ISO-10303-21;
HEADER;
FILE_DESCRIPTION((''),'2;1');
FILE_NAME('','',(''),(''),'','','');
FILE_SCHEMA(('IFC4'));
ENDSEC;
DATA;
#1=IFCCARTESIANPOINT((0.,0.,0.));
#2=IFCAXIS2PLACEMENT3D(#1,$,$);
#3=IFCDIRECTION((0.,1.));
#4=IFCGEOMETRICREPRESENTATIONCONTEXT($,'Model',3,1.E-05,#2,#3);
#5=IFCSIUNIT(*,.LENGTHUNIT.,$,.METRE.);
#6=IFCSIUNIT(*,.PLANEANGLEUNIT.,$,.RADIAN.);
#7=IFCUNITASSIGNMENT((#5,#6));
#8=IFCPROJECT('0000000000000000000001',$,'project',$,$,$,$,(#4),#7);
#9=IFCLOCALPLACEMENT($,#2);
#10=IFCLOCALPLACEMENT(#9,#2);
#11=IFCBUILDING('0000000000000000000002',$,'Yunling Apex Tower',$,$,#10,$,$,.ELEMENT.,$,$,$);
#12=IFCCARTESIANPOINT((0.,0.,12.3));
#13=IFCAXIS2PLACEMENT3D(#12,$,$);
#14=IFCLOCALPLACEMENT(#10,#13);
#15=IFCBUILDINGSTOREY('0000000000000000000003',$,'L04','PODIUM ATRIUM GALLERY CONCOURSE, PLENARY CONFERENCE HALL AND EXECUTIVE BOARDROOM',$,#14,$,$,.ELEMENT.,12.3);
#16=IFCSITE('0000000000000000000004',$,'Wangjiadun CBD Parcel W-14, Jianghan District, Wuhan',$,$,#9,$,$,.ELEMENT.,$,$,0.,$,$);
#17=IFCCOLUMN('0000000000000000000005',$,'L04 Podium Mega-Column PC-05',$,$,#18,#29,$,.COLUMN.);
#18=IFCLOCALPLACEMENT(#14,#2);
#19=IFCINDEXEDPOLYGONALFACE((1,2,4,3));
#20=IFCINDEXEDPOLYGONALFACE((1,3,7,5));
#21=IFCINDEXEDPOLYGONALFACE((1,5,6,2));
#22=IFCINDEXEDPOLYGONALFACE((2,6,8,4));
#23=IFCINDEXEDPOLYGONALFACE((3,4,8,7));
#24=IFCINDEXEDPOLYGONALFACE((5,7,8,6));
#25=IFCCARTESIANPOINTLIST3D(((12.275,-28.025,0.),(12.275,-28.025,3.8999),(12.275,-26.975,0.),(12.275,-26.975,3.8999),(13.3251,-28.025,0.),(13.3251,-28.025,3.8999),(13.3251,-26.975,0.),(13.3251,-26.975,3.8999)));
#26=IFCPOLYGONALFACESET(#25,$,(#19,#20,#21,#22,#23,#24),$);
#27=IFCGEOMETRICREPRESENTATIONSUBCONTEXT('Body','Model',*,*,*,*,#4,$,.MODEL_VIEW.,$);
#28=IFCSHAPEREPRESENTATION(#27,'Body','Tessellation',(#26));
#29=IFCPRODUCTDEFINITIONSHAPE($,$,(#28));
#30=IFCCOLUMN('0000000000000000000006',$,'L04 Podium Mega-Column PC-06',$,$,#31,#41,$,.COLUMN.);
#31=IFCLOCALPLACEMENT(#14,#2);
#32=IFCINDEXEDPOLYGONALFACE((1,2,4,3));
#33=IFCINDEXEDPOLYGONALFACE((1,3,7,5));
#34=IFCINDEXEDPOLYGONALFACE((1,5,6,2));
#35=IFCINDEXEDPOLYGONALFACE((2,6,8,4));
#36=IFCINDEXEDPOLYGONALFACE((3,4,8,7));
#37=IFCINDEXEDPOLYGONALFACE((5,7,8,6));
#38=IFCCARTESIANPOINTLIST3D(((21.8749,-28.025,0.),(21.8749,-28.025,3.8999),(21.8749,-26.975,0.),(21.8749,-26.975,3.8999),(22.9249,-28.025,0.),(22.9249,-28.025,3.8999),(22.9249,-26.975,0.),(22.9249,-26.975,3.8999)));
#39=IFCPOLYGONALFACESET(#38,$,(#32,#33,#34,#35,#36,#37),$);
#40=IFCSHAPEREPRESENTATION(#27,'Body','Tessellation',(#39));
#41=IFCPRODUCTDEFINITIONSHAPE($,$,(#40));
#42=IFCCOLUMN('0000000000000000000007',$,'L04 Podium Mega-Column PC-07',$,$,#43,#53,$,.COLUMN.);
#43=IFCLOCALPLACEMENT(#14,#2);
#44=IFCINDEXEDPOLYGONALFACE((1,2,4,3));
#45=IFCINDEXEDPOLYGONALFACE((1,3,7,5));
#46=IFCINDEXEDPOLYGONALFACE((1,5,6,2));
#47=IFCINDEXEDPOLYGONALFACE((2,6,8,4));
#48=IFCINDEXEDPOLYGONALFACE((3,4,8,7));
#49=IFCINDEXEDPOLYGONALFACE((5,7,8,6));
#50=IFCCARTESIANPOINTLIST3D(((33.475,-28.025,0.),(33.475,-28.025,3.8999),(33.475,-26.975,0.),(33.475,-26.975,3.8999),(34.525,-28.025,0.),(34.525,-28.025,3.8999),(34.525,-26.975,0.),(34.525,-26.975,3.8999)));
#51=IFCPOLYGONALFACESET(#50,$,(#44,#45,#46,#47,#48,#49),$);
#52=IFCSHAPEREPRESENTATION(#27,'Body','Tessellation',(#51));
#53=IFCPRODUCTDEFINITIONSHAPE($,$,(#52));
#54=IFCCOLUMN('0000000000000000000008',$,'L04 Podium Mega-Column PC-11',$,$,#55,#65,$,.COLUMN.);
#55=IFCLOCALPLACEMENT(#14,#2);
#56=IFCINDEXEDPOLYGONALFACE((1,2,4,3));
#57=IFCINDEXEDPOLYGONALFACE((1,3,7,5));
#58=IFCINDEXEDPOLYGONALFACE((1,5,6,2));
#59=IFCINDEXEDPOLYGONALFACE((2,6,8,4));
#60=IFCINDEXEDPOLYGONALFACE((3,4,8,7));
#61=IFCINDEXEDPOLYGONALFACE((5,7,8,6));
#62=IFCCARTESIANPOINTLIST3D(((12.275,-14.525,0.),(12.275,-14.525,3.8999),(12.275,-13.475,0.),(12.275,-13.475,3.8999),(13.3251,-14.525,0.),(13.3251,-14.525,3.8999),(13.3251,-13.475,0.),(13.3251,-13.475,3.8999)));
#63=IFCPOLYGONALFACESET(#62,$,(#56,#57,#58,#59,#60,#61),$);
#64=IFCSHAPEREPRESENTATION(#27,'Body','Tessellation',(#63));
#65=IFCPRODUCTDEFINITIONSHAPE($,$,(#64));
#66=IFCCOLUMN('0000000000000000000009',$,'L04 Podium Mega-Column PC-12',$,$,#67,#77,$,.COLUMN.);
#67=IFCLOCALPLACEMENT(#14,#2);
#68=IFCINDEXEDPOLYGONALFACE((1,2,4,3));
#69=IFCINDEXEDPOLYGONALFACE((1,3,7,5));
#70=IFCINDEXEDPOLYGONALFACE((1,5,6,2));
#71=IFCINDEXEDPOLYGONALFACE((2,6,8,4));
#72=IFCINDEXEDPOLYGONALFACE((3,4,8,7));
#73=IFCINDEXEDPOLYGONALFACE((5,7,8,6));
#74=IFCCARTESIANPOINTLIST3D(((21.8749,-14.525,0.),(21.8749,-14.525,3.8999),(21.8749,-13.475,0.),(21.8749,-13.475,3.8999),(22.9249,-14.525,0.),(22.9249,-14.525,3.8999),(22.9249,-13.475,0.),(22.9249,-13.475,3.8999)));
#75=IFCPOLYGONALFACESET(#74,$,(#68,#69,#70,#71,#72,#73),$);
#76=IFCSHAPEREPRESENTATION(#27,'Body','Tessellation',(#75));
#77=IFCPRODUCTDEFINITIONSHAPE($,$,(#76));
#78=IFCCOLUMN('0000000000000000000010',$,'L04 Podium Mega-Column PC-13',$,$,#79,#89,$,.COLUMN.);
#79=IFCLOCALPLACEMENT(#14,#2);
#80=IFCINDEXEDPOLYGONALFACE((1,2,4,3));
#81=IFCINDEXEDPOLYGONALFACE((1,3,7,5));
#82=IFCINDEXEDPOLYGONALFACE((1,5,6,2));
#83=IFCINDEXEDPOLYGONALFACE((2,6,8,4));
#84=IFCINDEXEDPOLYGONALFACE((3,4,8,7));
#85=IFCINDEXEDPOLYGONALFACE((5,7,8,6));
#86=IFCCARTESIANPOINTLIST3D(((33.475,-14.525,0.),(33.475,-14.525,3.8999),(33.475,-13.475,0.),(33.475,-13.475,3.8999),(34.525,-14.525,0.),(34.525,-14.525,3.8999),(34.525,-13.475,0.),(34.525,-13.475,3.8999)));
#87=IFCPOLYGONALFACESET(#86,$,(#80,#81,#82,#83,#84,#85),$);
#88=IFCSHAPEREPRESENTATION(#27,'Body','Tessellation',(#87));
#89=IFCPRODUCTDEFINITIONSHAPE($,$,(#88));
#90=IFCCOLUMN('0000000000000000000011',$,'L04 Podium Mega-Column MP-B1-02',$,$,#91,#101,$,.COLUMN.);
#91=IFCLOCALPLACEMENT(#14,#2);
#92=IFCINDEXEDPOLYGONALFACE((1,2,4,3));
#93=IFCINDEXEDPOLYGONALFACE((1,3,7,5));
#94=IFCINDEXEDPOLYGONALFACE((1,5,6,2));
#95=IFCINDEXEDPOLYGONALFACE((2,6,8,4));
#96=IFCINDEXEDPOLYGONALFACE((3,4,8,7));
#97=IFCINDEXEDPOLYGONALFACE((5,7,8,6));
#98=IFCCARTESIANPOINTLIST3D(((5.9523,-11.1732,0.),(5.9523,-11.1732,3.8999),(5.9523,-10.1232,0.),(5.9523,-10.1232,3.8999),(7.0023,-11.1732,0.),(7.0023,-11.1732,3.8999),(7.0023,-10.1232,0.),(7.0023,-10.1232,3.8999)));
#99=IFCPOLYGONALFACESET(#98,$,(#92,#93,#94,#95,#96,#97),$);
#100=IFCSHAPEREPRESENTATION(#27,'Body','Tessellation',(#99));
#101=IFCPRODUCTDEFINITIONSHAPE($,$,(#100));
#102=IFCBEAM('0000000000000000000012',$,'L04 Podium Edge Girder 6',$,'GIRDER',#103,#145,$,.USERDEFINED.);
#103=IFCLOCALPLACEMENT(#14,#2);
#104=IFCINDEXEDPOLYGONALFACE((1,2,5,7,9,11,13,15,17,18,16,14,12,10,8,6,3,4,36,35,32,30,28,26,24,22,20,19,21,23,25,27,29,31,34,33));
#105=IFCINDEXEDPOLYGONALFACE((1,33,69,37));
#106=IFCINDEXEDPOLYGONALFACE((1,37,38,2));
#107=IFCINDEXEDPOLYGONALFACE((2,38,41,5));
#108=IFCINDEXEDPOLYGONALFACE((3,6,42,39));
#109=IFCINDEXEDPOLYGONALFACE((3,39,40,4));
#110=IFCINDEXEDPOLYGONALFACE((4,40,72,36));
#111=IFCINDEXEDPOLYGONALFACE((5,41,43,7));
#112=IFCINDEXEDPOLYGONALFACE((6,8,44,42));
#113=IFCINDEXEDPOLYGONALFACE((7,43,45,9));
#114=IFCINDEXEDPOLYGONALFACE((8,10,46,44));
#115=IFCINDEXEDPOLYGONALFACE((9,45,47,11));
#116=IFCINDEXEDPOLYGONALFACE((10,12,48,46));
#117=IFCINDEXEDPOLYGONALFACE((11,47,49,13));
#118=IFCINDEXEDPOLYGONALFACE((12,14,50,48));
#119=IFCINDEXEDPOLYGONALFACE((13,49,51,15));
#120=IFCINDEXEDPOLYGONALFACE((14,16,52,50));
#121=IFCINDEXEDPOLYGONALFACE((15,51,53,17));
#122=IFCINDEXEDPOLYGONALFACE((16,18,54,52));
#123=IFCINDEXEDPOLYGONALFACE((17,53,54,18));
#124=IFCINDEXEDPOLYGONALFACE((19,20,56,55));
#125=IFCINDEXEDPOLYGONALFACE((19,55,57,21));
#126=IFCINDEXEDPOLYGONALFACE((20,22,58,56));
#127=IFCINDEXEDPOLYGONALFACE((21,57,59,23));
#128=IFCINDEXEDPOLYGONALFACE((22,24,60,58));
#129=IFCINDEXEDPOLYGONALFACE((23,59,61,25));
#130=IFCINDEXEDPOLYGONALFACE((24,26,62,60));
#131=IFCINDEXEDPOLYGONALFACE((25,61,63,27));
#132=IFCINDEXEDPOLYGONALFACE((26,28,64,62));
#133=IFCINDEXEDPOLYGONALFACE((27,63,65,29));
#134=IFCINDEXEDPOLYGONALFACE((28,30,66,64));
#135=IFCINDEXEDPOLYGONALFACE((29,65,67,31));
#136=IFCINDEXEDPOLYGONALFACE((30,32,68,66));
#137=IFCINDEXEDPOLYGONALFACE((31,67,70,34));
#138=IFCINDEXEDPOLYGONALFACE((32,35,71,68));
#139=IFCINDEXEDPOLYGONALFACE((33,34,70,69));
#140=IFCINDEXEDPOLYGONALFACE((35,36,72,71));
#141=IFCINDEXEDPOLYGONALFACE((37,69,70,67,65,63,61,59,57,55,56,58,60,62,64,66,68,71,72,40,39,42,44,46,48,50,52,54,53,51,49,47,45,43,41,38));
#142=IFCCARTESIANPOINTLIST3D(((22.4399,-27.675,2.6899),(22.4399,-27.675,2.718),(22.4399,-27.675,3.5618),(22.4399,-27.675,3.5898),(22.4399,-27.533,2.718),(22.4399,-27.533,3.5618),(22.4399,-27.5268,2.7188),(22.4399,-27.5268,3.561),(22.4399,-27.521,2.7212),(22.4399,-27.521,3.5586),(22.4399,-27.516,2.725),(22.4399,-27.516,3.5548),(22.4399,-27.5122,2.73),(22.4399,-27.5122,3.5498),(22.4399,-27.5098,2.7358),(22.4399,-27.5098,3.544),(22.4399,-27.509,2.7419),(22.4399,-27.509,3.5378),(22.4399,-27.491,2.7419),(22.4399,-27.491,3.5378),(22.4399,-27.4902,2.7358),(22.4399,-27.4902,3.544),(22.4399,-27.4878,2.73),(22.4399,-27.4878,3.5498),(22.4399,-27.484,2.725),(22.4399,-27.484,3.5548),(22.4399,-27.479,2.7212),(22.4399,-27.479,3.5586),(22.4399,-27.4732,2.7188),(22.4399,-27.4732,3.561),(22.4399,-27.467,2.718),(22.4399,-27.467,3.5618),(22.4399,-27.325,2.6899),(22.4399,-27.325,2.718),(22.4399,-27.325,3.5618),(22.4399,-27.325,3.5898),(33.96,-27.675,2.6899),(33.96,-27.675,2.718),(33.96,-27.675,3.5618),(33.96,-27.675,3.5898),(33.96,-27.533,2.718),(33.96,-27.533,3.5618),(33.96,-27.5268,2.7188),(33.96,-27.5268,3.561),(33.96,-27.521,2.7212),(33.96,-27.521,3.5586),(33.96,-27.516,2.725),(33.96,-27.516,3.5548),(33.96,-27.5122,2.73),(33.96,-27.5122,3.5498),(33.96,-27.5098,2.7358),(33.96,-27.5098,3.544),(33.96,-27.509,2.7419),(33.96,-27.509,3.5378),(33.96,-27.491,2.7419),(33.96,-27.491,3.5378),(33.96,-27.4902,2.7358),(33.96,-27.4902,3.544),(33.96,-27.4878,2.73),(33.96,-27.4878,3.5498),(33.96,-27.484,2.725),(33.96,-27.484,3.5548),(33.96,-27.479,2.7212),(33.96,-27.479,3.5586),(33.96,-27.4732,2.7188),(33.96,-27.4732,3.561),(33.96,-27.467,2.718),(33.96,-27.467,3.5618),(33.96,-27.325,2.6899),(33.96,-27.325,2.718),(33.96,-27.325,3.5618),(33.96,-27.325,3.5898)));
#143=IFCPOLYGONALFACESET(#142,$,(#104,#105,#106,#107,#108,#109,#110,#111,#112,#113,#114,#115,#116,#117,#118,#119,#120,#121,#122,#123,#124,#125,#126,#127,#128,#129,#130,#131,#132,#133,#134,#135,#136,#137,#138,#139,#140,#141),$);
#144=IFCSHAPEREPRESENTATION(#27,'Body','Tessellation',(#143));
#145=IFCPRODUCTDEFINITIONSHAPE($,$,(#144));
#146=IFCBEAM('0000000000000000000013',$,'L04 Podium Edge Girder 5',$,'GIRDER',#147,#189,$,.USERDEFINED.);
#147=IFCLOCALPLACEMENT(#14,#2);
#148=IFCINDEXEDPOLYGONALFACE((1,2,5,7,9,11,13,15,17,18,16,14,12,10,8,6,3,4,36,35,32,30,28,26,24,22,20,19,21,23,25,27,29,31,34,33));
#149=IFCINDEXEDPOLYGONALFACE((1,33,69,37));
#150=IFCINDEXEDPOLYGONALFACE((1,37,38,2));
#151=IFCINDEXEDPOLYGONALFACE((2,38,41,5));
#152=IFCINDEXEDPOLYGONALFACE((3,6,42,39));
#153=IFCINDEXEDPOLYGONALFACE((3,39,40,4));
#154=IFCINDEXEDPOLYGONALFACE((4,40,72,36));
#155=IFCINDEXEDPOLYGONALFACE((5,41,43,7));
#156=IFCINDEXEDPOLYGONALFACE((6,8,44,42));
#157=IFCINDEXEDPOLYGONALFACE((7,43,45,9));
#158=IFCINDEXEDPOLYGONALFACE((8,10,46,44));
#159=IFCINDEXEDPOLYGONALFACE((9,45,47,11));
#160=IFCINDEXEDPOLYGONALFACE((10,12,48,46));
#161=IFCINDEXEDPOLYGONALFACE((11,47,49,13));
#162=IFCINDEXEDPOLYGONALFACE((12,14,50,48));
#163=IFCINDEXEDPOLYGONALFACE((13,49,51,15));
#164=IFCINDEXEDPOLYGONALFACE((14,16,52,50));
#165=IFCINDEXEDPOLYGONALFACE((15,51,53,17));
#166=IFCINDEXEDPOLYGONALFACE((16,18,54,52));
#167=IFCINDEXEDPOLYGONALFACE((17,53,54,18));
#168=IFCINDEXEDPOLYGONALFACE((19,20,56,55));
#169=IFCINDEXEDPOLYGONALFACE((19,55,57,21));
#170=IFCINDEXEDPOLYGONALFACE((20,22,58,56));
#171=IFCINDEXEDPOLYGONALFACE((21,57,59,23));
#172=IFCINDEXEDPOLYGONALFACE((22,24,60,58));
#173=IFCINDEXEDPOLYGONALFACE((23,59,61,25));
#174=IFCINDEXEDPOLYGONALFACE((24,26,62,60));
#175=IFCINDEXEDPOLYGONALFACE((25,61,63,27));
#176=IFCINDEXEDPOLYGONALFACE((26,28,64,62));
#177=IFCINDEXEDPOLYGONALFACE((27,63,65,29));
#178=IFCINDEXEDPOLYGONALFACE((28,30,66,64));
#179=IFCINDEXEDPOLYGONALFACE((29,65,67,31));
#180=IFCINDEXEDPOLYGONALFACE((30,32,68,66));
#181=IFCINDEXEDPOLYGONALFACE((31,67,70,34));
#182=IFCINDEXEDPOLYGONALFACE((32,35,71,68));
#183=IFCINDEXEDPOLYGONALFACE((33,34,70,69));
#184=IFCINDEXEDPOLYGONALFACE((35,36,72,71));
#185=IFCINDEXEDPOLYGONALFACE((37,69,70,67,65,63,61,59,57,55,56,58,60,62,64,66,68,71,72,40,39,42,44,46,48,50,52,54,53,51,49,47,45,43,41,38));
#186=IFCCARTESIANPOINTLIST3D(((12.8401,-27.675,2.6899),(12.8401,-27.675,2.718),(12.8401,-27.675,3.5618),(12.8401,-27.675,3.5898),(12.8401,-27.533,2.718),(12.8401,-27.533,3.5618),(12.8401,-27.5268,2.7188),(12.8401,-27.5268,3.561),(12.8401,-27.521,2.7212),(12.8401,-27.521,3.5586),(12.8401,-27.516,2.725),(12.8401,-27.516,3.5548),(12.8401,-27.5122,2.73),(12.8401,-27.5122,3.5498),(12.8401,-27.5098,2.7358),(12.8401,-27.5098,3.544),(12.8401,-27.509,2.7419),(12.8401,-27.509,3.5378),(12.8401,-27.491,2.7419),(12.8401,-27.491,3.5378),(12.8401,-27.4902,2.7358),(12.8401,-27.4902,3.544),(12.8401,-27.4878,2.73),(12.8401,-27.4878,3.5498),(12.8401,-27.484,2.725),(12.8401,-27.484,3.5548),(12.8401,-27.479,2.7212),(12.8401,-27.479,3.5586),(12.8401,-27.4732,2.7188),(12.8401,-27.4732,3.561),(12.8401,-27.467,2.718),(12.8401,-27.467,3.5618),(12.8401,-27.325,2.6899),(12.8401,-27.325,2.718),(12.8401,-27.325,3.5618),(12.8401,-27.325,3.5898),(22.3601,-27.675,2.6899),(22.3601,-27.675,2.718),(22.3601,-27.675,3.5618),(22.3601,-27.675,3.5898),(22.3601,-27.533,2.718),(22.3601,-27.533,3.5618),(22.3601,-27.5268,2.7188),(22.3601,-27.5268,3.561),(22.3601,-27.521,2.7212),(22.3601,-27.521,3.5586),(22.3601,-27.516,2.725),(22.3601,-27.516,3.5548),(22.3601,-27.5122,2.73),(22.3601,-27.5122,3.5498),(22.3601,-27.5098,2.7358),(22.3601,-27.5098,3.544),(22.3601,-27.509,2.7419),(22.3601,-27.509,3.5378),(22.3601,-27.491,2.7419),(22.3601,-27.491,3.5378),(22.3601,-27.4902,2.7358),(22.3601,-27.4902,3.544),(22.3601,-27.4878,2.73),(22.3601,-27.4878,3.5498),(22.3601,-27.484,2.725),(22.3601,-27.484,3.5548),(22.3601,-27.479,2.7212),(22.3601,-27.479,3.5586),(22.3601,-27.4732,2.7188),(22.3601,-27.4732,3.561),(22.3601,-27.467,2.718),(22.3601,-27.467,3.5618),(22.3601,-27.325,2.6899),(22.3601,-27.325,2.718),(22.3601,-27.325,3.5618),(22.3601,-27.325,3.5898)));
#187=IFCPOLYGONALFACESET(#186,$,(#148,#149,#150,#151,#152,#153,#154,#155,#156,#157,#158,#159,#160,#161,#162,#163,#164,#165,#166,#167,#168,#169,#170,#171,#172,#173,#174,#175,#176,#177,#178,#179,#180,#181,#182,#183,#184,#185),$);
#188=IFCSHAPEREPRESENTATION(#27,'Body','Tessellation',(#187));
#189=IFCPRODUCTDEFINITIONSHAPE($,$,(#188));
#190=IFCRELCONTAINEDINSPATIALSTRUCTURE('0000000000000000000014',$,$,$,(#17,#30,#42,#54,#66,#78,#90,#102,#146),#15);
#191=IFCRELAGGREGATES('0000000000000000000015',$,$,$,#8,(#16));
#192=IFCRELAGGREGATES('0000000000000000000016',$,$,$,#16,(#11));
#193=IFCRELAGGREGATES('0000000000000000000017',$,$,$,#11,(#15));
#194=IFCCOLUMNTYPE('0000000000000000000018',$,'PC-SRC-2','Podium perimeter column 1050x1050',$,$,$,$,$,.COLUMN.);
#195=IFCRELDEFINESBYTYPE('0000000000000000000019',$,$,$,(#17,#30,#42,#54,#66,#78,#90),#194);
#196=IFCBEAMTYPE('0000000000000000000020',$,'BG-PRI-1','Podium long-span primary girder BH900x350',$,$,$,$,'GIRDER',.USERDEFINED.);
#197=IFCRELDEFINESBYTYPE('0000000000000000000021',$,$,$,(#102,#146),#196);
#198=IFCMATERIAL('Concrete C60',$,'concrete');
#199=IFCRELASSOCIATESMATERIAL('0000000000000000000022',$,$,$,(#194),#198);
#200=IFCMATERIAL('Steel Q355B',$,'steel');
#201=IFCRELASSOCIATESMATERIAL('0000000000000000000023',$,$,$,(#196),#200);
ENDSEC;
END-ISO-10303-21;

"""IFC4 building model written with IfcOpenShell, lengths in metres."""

from ifc_helpers import new_model, si_unit, direction, frame, origin, origin_2d, place, context, subcontext, project, spatial, rectangle, i_section, extrude, source, transform, mapped, material, material_profile, profile_set, type_object, element, save


model = new_model("IFC4")

# Units and contexts
model_context = context("Model", 3, precision=1e-05, world=origin(), true_north=direction((0.0, 1.0)))
body_context = subcontext(model_context, "Body", "Model", "MODEL_VIEW")
ifc_project = project(units=[si_unit("LENGTHUNIT", "METRE"), si_unit("PLANEANGLEUNIT", "RADIAN")], contexts=[model_context])

# Site, building, storey
site_placement = place(None, origin())
site = spatial("IfcSite", under=ifc_project, at=site_placement, Name="Wangjiadun CBD Parcel W-14, Jianghan District, Wuhan", CompositionType="ELEMENT", RefElevation=0.0)
building_placement = place(site_placement, origin())
building = spatial("IfcBuilding", under=site, at=building_placement, Name="Yunling Apex Tower", CompositionType="ELEMENT")
storey_placement = place(building_placement, frame((0.0, 0.0, 12.3)))
storey = spatial("IfcBuildingStorey", under=building, at=storey_placement, Name="L04", Description="PODIUM ATRIUM GALLERY CONCOURSE, PLENARY CONFERENCE HALL AND EXECUTIVE BOARDROOM", CompositionType="ELEMENT", Elevation=12.3)

# Columns
ifc_material_1 = material(Name="Concrete C60", Category="concrete")
ifc_material_profile_1 = material_profile(ifc_material_1, rectangle(XDim=1.05, YDim=1.05, at=origin_2d()))
ifc_profile_set_1 = profile_set([ifc_material_profile_1], Name="Concrete C60")
column_type = type_object("IfcColumnType", Name="PC-SRC-2", Description="Podium perimeter column 1050x1050", PredefinedType="COLUMN", material=ifc_profile_set_1)
shared_shape_1 = source(origin(), body_context, "Body", "SweptSolid", [
    extrude(rectangle(XDim=1.05, YDim=1.05, at=origin_2d()), origin(), (0.0, 0.0, 1.0), 3.8999),
])
for number, where, z_axis, x_axis, name in (
    (1, (12.8, -27.5, 0.0), (0.0, 0.0, 1.0), (1.0, 0.0, 0.0), "L04 Podium Mega-Column PC-05"),
    (2, (22.3999, -27.5, 0.0), (0.0, 0.0, 1.0), (1.0, 0.0, 0.0), "L04 Podium Mega-Column PC-06"),
    (3, (34.0, -27.5, 0.0), (0.0, 0.0, 1.0), (1.0, 0.0, 0.0), "L04 Podium Mega-Column PC-07"),
    (4, (12.8, -14.0, 0.0), (0.0, 0.0, 1.0), (1.0, 0.0, 0.0), "L04 Podium Mega-Column PC-11"),
    (5, (22.3999, -14.0, 0.0), (0.0, 0.0, 1.0), (1.0, 0.0, 0.0), "L04 Podium Mega-Column PC-12"),
    (6, (34.0, -14.0, 0.0), (0.0, 0.0, 1.0), (1.0, 0.0, 0.0), "L04 Podium Mega-Column PC-13"),
    (7, (6.4773, -10.6482, 0.0), (0.0, 0.0, 1.0), (1.0, 0.0, 0.0), "L04 Podium Mega-Column MP-B1-02"),
):
    element("IfcColumn", number, at=place(storey_placement, frame(where, z_axis=z_axis, x_axis=x_axis)), inside=storey, type_object=column_type, Name=name, PredefinedType="COLUMN", context=body_context, shape_type="MappedRepresentation", body=[
        mapped(shared_shape_1, transform((0.0, 0.0, 0.0), scale=1.0)),
    ])

# Beams
ifc_material_2 = material(Name="Steel Q355B", Category="steel")
ifc_material_profile_2 = material_profile(ifc_material_2, i_section(OverallWidth=0.3501, OverallDepth=0.8999, WebThickness=0.0181, FlangeThickness=0.0281, FilletRadius=0.0239, at=origin_2d()))
ifc_profile_set_2 = profile_set([ifc_material_profile_2], Name="Steel Q355B")
beam_type_1 = type_object("IfcBeamType", Name="BG-PRI-1", Description="Podium long-span primary girder BH900x350", ElementType="GIRDER", PredefinedType="USERDEFINED", material=ifc_profile_set_2)
shared_shape_2 = source(origin(), body_context, "Body", "SweptSolid", [
    extrude(i_section(OverallWidth=0.3501, OverallDepth=0.8999, WebThickness=0.0181, FlangeThickness=0.0281, FilletRadius=0.0239, at=origin_2d()), origin(), (0.0, 0.0, 1.0), 11.52),
])
beam_1_placement = place(storey_placement, frame((22.4399, -27.5, 3.1399), z_axis=(1.0, 0.0, 0.0), x_axis=(0.0, 1.0, 0.0)))
element("IfcBeam", 8, at=beam_1_placement, inside=storey, type_object=beam_type_1, Name="L04 Podium Edge Girder 6", ObjectType="GIRDER", PredefinedType="USERDEFINED", context=body_context, shape_type="MappedRepresentation", body=[
    mapped(shared_shape_2, transform((0.0, 0.0, 0.0), scale=1.0)),
])
shared_shape_3 = source(origin(), body_context, "Body", "SweptSolid", [
    extrude(i_section(OverallWidth=0.3501, OverallDepth=0.8999, WebThickness=0.0181, FlangeThickness=0.0281, FilletRadius=0.0239, at=origin_2d()), origin(), (0.0, 0.0, 1.0), 9.52),
])
beam_2_placement = place(storey_placement, frame((12.8401, -27.5, 3.1399), z_axis=(1.0, 0.0, 0.0), x_axis=(0.0, 1.0, 0.0)))
element("IfcBeam", 9, at=beam_2_placement, inside=storey, type_object=beam_type_1, Name="L04 Podium Edge Girder 5", ObjectType="GIRDER", PredefinedType="USERDEFINED", context=body_context, shape_type="MappedRepresentation", body=[
    mapped(shared_shape_3, transform((0.0, 0.0, 0.0), scale=1.0)),
])

save(model, "model.ifc")
